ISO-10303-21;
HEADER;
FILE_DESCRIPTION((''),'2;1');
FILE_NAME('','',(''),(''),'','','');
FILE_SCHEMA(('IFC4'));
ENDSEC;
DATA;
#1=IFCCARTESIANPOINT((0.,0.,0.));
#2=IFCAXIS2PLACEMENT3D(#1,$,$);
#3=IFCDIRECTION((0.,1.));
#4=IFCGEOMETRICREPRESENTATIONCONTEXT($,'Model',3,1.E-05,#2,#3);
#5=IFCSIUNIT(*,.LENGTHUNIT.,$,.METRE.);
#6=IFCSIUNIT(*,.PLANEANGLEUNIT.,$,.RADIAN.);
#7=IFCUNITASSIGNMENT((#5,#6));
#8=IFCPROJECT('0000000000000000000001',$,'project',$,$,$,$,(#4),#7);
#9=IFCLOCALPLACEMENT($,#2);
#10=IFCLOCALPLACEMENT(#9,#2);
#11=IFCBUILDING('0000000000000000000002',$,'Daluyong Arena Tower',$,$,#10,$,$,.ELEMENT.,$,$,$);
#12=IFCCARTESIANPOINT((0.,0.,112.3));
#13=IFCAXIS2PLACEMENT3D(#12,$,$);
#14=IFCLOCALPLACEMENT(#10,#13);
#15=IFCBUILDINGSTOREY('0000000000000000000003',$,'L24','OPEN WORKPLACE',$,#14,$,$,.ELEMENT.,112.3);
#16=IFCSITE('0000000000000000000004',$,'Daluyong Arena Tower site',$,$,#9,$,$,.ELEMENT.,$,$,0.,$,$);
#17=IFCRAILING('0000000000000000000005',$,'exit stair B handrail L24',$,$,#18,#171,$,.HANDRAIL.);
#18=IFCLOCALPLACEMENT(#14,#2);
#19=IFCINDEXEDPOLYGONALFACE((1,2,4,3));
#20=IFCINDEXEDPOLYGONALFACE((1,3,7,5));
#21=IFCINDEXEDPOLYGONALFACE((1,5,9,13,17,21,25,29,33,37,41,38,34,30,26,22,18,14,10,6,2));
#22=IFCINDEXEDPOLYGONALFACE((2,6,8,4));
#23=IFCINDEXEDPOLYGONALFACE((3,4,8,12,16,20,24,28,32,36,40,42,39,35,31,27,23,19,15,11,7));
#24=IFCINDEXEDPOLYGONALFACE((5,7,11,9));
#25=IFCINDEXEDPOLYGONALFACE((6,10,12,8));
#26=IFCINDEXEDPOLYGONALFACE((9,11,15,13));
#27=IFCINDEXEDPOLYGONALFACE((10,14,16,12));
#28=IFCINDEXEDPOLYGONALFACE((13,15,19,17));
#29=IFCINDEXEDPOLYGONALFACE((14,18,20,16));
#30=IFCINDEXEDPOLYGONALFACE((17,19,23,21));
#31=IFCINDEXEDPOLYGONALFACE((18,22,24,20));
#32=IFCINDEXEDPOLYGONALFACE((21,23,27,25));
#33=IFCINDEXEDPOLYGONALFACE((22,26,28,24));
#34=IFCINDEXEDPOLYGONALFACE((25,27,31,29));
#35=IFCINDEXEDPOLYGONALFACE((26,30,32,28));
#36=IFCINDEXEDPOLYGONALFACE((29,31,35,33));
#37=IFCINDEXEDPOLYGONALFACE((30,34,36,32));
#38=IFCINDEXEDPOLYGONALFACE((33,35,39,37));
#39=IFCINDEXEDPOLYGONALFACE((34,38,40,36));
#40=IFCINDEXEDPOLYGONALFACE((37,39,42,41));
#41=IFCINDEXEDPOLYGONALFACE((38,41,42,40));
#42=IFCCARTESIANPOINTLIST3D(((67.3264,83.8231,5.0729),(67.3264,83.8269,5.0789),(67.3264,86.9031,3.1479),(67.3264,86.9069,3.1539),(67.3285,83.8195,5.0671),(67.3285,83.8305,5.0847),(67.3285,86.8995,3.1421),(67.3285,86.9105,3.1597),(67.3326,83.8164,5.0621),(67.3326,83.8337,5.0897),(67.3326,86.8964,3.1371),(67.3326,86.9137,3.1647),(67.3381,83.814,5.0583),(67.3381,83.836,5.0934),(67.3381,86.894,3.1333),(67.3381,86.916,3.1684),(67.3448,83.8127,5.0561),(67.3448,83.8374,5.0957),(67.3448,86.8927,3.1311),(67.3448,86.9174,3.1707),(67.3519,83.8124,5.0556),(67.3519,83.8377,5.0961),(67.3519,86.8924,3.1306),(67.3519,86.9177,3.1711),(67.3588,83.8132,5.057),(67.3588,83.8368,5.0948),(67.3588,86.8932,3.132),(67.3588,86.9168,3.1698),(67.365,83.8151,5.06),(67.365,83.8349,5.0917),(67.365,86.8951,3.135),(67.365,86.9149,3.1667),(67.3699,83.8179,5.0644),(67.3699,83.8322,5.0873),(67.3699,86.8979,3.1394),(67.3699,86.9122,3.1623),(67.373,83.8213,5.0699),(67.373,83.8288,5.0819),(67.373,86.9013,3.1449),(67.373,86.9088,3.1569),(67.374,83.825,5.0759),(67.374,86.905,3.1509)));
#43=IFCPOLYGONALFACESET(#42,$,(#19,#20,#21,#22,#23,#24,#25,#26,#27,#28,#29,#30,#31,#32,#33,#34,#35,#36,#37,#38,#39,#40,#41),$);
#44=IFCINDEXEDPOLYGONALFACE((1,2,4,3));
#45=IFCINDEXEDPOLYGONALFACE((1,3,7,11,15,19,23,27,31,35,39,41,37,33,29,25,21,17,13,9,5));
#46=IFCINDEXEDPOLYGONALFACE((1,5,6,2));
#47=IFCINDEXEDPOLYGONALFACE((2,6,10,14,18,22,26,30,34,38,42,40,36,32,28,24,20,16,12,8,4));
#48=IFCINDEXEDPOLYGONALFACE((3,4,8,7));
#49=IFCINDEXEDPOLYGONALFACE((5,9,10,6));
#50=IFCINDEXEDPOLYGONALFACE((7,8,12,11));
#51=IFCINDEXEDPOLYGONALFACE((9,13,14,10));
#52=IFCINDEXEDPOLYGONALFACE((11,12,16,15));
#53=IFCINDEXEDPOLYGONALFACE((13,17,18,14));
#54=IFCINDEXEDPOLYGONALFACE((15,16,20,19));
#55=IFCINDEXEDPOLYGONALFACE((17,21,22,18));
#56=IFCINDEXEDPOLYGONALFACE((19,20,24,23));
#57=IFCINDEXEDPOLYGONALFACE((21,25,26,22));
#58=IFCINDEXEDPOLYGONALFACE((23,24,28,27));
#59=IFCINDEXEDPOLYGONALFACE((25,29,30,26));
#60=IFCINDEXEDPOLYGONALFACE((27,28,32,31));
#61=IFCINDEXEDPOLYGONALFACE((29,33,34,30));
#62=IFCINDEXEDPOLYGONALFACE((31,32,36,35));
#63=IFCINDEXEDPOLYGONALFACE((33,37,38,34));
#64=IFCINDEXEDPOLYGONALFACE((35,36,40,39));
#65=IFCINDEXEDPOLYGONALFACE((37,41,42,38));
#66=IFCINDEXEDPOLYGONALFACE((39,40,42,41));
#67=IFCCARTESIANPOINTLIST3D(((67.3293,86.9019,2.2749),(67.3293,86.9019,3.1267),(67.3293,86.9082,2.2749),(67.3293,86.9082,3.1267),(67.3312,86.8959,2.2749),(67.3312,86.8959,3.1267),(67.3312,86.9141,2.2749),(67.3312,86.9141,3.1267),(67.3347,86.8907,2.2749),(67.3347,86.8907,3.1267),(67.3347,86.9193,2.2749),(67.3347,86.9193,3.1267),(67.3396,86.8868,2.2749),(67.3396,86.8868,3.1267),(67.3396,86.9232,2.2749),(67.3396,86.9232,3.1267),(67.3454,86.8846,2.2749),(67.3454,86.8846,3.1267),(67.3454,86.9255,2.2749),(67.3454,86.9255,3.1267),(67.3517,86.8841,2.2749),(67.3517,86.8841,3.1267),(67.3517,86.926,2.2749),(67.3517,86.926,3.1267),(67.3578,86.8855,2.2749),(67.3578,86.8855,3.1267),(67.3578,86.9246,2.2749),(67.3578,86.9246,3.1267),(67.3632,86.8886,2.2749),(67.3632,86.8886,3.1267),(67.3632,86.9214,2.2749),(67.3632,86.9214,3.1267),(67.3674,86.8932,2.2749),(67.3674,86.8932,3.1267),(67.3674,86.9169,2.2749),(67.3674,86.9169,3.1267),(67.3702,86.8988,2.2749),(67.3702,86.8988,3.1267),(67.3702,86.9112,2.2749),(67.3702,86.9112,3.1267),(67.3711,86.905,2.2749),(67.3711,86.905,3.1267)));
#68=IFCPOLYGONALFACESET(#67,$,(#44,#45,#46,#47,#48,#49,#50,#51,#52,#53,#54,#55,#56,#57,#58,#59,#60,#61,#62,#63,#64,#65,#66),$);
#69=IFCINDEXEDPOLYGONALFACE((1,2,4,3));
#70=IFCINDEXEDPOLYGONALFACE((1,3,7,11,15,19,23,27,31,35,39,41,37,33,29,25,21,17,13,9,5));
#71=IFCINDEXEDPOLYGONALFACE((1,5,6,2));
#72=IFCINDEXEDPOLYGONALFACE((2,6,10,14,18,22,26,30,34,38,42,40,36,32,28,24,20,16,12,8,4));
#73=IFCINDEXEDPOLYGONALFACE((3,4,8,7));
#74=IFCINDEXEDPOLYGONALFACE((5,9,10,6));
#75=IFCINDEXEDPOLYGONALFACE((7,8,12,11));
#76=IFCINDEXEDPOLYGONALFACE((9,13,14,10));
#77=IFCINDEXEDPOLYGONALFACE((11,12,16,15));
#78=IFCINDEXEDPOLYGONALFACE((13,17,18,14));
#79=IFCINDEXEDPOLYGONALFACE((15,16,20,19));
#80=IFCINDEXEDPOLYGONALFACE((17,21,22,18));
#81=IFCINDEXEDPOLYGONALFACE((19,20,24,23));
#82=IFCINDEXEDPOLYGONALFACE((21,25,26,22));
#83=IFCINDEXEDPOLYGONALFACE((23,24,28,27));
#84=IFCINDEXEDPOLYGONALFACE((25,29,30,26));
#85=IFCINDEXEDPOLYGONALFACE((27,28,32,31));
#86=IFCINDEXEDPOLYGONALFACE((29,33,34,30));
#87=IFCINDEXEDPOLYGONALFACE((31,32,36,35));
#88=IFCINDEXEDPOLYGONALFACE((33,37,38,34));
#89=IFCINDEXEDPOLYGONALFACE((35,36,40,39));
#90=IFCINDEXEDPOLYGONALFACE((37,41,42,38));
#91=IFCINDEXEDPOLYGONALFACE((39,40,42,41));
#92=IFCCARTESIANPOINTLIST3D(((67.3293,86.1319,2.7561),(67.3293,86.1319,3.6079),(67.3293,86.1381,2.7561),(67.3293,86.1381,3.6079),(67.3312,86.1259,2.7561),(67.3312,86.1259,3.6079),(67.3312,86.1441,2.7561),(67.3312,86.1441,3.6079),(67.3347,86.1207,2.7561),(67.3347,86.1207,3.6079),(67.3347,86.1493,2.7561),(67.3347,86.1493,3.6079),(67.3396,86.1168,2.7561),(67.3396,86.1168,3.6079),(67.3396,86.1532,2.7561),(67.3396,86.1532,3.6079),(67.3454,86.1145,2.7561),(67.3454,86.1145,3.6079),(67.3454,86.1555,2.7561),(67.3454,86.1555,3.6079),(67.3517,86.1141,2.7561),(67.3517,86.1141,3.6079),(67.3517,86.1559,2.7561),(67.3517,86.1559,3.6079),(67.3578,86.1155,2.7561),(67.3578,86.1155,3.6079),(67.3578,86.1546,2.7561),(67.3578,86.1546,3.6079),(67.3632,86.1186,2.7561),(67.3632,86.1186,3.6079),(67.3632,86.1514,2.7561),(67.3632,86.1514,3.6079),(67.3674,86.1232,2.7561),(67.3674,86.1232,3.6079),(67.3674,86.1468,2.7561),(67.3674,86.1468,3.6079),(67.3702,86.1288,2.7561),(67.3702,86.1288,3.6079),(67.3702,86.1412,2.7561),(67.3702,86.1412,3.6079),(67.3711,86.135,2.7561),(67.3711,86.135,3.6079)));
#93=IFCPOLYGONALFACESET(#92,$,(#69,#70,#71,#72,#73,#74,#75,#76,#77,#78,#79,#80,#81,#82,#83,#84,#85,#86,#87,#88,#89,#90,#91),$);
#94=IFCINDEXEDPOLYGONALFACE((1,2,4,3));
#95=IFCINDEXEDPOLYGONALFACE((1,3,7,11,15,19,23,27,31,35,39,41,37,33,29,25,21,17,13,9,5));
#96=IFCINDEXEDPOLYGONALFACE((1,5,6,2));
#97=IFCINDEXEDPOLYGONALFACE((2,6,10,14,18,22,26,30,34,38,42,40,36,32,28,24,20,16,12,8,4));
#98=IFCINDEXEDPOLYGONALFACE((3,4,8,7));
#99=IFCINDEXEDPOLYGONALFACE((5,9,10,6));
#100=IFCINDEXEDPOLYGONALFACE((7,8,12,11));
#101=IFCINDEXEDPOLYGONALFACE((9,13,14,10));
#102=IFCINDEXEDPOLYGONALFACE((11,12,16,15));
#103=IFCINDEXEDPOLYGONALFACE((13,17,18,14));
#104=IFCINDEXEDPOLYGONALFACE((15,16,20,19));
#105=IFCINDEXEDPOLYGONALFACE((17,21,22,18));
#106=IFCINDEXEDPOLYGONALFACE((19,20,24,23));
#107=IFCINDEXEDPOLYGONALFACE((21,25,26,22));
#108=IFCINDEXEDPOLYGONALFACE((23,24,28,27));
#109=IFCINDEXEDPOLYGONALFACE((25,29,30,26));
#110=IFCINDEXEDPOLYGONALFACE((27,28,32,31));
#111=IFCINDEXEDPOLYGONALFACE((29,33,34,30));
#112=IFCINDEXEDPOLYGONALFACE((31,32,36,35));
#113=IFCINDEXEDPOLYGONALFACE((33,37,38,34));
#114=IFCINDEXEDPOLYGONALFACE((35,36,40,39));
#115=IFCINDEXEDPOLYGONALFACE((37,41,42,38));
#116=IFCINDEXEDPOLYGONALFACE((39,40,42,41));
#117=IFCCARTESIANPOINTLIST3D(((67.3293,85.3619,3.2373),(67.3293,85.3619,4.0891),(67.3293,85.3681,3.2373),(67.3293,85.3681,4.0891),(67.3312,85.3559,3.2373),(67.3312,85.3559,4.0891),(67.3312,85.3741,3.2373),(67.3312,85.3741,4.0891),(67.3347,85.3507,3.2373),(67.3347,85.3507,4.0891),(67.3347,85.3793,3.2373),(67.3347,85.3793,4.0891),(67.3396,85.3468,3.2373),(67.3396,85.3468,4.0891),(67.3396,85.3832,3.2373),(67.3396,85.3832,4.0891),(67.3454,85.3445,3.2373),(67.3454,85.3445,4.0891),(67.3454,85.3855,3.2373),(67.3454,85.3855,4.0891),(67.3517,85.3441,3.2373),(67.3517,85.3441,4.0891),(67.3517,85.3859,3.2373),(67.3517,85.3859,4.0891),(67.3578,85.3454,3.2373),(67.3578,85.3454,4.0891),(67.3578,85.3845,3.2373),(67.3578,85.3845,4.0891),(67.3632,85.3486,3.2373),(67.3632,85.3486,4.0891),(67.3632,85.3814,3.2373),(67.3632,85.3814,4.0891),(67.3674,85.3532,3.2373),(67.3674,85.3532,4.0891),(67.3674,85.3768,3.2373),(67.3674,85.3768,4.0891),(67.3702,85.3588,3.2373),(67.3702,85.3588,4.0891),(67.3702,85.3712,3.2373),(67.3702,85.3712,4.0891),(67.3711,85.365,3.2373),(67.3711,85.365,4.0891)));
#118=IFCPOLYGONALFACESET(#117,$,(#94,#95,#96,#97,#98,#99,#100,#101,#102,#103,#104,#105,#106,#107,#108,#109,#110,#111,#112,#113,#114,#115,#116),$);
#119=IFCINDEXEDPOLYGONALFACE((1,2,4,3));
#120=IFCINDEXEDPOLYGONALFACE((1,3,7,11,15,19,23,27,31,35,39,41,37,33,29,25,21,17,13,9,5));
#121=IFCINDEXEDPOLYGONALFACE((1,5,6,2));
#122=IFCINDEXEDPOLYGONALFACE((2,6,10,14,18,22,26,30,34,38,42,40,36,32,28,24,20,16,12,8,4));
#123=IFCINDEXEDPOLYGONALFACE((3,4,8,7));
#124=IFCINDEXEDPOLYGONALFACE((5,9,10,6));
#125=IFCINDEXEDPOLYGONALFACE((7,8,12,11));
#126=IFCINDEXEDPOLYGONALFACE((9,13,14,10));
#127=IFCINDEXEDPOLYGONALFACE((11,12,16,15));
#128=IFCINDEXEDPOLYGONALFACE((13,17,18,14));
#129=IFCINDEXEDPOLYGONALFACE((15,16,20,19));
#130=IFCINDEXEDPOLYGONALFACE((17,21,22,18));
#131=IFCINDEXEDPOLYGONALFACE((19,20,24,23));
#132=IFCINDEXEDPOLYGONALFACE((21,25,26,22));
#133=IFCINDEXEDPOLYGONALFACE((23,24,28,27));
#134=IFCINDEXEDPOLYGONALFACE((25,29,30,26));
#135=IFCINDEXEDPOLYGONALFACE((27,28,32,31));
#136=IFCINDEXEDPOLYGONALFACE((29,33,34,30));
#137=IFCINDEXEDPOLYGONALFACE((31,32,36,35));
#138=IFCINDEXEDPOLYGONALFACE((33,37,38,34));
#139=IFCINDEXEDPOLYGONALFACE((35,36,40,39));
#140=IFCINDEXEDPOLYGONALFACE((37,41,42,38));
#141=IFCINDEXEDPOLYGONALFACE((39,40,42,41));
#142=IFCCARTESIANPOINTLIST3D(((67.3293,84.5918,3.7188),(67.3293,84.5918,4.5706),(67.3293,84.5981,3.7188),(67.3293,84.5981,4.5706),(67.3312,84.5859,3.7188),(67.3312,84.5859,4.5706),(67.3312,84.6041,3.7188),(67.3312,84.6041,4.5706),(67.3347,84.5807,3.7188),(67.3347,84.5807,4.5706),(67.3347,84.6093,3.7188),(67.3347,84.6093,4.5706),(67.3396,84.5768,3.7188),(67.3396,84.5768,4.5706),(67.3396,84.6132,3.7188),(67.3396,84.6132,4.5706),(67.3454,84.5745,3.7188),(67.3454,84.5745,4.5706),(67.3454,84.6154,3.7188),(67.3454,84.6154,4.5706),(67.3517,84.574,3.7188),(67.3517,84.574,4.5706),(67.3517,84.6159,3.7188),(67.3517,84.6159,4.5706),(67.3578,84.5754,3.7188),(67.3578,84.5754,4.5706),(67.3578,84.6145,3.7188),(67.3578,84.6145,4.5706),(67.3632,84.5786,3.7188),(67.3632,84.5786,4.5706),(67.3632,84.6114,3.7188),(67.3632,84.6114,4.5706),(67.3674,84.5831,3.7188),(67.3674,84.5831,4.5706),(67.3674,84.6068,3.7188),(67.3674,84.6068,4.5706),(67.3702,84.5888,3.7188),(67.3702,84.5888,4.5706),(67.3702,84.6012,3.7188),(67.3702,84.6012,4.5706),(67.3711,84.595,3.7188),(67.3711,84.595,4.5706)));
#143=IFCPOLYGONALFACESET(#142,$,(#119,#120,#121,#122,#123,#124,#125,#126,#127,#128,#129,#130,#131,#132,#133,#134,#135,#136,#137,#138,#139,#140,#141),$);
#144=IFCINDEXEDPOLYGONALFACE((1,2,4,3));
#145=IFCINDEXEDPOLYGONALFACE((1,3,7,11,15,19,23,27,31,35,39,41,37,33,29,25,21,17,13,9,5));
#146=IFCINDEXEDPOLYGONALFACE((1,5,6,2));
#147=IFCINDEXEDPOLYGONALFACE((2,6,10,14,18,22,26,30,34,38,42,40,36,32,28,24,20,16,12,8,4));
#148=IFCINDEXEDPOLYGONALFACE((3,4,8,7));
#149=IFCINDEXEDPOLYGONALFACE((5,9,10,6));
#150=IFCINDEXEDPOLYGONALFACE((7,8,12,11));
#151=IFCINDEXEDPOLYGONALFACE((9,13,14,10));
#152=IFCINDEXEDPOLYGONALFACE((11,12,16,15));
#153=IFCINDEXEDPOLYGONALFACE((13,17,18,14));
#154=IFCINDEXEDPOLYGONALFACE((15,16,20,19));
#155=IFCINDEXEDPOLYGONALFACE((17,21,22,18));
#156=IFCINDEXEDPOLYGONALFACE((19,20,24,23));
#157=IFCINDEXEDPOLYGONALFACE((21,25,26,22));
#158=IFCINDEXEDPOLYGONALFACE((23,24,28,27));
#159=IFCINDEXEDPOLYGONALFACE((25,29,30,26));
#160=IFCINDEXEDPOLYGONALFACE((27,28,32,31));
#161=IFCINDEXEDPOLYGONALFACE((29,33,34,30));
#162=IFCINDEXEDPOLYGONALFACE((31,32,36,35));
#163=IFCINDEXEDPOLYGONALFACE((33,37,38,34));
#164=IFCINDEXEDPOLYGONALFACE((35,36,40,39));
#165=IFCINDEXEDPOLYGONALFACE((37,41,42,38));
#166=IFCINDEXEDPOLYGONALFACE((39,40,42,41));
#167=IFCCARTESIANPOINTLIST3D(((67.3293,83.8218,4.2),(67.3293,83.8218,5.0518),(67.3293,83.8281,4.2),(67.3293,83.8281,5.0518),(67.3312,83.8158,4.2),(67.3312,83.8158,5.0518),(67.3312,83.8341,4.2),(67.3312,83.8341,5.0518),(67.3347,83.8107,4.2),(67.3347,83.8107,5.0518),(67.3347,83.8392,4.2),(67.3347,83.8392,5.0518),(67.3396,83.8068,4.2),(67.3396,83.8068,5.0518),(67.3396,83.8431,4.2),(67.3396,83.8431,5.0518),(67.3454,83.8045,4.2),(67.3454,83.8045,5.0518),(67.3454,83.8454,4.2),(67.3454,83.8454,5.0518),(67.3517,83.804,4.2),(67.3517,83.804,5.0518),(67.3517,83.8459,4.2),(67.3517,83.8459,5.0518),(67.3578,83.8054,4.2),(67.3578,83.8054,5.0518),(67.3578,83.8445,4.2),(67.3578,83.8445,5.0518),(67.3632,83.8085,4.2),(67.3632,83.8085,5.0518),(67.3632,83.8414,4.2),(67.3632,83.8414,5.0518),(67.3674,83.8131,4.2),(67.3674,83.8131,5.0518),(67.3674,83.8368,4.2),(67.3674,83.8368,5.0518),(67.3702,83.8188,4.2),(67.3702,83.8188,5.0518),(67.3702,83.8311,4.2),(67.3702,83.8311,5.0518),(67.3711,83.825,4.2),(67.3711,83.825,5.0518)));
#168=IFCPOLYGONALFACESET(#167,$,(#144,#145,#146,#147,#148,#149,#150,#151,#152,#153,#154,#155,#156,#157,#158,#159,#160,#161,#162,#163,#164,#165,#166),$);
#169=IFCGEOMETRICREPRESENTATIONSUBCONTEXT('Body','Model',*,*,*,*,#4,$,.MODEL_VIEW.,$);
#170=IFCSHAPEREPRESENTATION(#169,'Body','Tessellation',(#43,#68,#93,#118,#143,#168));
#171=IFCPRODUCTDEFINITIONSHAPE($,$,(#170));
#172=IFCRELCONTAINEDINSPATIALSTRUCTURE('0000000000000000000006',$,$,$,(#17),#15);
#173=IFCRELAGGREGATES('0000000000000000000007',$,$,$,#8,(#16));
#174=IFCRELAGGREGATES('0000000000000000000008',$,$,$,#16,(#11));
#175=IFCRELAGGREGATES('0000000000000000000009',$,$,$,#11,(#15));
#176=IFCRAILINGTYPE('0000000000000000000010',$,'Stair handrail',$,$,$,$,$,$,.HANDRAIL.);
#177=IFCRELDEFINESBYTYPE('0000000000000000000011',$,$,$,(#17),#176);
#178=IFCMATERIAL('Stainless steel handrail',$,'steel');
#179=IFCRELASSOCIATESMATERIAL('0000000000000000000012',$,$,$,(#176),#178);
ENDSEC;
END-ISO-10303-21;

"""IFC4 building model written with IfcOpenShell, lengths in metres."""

from ifc_helpers import new_model, si_unit, direction, frame, origin, origin_2d, place, context, subcontext, project, spatial, circle, extrude, material, type_object, element, save


model = new_model("IFC4")

# Units and contexts
model_context = context("Model", 3, precision=1e-05, world=origin(), true_north=direction((0.0, 1.0)))
body_context = subcontext(model_context, "Body", "Model", "MODEL_VIEW")
ifc_project = project(units=[si_unit("LENGTHUNIT", "METRE"), si_unit("PLANEANGLEUNIT", "RADIAN")], contexts=[model_context])

# Site, building, storey
site_placement = place(None, origin())
site = spatial("IfcSite", under=ifc_project, at=site_placement, Name="Daluyong Arena Tower site", CompositionType="ELEMENT", RefElevation=0.0)
building_placement = place(site_placement, origin())
building = spatial("IfcBuilding", under=site, at=building_placement, Name="Daluyong Arena Tower", CompositionType="ELEMENT")
storey_placement = place(building_placement, frame((0.0, 0.0, 112.3)))
storey = spatial("IfcBuildingStorey", under=building, at=storey_placement, Name="L24", Description="OPEN WORKPLACE", CompositionType="ELEMENT", Elevation=112.3)

# Railing
ifc_material_1 = material(Name="Stainless steel handrail", Category="steel")
railing_type = type_object("IfcRailingType", Name="Stair handrail", PredefinedType="HANDRAIL", material=ifc_material_1)
railing_placement = place(storey_placement, frame((67.3501, 86.905, 2.2749)))
element("IfcRailing", 1, at=railing_placement, inside=storey, type_object=railing_type, Name="exit stair B handrail L24", PredefinedType="HANDRAIL", context=body_context, shape_type="SweptSolid", body=[
    extrude(circle(Radius=0.0239, at=origin_2d()), frame((0.0, 0.0, 0.876), z_axis=(0.0, -0.847998, 0.529999), x_axis=(1.0, 0.0, 0.0)), (0.0, 0.0, 1.0), 3.6321),
    extrude(circle(Radius=0.021, at=origin_2d()), origin(), (0.0, 0.0, 1.0), 0.8518),
    extrude(circle(Radius=0.021, at=origin_2d()), frame((0.0, -0.77, 0.4812)), (0.0, 0.0, 1.0), 0.8518),
    extrude(circle(Radius=0.021, at=origin_2d()), frame((0.0, -1.54, 0.9624)), (0.0, 0.0, 1.0), 0.8518),
    extrude(circle(Radius=0.021, at=origin_2d()), frame((0.0, -2.3101, 1.4438)), (0.0, 0.0, 1.0), 0.8518),
    extrude(circle(Radius=0.021, at=origin_2d()), frame((0.0, -3.0801, 1.925)), (0.0, 0.0, 1.0), 0.8518),
])

save(model, "model.ifc")
